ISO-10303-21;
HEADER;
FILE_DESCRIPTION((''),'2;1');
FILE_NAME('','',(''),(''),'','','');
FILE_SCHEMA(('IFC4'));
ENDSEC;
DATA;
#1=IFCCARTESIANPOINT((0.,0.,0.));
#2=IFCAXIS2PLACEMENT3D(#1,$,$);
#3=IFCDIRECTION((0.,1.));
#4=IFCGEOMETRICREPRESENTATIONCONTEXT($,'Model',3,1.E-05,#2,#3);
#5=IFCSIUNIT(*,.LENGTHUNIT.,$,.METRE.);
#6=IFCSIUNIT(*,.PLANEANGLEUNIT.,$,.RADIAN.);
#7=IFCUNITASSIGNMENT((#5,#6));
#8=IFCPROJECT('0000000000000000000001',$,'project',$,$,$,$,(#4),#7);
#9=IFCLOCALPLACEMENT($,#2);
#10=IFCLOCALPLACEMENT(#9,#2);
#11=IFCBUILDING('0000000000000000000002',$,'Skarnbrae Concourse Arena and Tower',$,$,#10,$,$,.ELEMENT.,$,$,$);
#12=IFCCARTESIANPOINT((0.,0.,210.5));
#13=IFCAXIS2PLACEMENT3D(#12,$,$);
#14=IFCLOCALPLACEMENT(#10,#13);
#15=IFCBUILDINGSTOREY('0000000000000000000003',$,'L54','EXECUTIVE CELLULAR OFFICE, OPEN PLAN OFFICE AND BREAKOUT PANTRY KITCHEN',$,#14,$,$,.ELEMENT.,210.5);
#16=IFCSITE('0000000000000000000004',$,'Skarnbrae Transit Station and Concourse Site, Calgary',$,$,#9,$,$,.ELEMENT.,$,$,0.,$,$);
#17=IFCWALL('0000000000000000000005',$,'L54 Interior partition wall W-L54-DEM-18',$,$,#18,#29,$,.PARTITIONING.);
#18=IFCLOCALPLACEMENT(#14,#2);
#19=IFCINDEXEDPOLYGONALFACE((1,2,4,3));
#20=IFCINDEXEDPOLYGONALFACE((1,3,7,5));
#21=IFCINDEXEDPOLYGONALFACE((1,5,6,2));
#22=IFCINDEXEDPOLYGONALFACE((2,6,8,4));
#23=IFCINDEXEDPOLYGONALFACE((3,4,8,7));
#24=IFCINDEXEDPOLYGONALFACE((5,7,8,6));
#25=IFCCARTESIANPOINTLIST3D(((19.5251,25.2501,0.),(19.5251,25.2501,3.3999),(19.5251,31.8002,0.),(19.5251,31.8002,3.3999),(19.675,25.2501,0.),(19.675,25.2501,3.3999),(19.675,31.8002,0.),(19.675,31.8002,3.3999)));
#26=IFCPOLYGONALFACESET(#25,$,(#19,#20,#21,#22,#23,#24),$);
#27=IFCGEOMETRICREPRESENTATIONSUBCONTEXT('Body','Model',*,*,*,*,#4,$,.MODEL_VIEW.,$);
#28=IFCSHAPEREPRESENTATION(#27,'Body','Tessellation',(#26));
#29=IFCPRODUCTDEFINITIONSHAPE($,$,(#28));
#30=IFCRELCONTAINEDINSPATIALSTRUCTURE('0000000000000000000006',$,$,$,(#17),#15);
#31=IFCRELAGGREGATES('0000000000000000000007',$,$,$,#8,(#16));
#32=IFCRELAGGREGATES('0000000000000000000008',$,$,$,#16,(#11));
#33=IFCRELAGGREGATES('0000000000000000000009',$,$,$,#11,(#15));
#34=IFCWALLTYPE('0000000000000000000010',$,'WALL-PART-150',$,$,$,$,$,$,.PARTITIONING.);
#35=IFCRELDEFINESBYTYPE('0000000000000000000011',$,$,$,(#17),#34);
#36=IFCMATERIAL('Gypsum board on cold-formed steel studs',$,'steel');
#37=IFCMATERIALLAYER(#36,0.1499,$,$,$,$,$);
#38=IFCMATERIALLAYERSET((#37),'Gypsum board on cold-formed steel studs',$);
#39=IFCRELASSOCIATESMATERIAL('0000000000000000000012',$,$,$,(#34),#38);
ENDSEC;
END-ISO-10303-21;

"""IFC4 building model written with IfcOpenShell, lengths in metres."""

from ifc_helpers import new_model, si_unit, direction, frame, frame_2d, origin, place, context, subcontext, project, spatial, rectangle, extrude, source, transform, mapped, material, layer, layer_set, type_object, element, save


model = new_model("IFC4")

# Units and contexts
model_context = context("Model", 3, precision=1e-05, world=origin(), true_north=direction((0.0, 1.0)))
body_context = subcontext(model_context, "Body", "Model", "MODEL_VIEW")
ifc_project = project(units=[si_unit("LENGTHUNIT", "METRE"), si_unit("PLANEANGLEUNIT", "RADIAN")], contexts=[model_context])

# Site, building, storey
site_placement = place(None, origin())
site = spatial("IfcSite", under=ifc_project, at=site_placement, Name="Skarnbrae Transit Station and Concourse Site, Calgary", CompositionType="ELEMENT", RefElevation=0.0)
building_placement = place(site_placement, origin())
building = spatial("IfcBuilding", under=site, at=building_placement, Name="Skarnbrae Concourse Arena and Tower", CompositionType="ELEMENT")
storey_placement = place(building_placement, frame((0.0, 0.0, 210.5)))
storey = spatial("IfcBuildingStorey", under=building, at=storey_placement, Name="L54", Description="EXECUTIVE CELLULAR OFFICE, OPEN PLAN OFFICE AND BREAKOUT PANTRY KITCHEN", CompositionType="ELEMENT", Elevation=210.5)

# Shared definitions
ifc_material_1 = material(Name="Gypsum board on cold-formed steel studs", Category="steel")
ifc_layer_1 = layer(ifc_material_1, 0.1499)
ifc_layer_set_1 = layer_set([ifc_layer_1], Name="Gypsum board on cold-formed steel studs")
wall_type_1 = type_object("IfcWallType", Name="WALL-PART-150", PredefinedType="PARTITIONING", material=ifc_layer_set_1)

# Wall
shared_shape_1 = source(origin(), body_context, "Body", "SweptSolid", [
    extrude(rectangle(XDim=6.55, YDim=0.1499, at=frame_2d((3.2749, 0.0))), origin(), (0.0, 0.0, 1.0), 3.3999),
])
wall_1_placement = place(storey_placement, frame((19.6001, 31.8, 0.0), z_axis=(0.0, 0.0, 1.0), x_axis=(0.0, -1.0, 0.0)))
element("IfcWall", 1, at=wall_1_placement, inside=storey, type_object=wall_type_1, Name="L54 Interior partition wall W-L54-DEM-18", PredefinedType="PARTITIONING", context=body_context, shape_type="MappedRepresentation", body=[
    mapped(shared_shape_1, transform((0.0, 0.0, 0.0))),
])

save(model, "model.ifc")
